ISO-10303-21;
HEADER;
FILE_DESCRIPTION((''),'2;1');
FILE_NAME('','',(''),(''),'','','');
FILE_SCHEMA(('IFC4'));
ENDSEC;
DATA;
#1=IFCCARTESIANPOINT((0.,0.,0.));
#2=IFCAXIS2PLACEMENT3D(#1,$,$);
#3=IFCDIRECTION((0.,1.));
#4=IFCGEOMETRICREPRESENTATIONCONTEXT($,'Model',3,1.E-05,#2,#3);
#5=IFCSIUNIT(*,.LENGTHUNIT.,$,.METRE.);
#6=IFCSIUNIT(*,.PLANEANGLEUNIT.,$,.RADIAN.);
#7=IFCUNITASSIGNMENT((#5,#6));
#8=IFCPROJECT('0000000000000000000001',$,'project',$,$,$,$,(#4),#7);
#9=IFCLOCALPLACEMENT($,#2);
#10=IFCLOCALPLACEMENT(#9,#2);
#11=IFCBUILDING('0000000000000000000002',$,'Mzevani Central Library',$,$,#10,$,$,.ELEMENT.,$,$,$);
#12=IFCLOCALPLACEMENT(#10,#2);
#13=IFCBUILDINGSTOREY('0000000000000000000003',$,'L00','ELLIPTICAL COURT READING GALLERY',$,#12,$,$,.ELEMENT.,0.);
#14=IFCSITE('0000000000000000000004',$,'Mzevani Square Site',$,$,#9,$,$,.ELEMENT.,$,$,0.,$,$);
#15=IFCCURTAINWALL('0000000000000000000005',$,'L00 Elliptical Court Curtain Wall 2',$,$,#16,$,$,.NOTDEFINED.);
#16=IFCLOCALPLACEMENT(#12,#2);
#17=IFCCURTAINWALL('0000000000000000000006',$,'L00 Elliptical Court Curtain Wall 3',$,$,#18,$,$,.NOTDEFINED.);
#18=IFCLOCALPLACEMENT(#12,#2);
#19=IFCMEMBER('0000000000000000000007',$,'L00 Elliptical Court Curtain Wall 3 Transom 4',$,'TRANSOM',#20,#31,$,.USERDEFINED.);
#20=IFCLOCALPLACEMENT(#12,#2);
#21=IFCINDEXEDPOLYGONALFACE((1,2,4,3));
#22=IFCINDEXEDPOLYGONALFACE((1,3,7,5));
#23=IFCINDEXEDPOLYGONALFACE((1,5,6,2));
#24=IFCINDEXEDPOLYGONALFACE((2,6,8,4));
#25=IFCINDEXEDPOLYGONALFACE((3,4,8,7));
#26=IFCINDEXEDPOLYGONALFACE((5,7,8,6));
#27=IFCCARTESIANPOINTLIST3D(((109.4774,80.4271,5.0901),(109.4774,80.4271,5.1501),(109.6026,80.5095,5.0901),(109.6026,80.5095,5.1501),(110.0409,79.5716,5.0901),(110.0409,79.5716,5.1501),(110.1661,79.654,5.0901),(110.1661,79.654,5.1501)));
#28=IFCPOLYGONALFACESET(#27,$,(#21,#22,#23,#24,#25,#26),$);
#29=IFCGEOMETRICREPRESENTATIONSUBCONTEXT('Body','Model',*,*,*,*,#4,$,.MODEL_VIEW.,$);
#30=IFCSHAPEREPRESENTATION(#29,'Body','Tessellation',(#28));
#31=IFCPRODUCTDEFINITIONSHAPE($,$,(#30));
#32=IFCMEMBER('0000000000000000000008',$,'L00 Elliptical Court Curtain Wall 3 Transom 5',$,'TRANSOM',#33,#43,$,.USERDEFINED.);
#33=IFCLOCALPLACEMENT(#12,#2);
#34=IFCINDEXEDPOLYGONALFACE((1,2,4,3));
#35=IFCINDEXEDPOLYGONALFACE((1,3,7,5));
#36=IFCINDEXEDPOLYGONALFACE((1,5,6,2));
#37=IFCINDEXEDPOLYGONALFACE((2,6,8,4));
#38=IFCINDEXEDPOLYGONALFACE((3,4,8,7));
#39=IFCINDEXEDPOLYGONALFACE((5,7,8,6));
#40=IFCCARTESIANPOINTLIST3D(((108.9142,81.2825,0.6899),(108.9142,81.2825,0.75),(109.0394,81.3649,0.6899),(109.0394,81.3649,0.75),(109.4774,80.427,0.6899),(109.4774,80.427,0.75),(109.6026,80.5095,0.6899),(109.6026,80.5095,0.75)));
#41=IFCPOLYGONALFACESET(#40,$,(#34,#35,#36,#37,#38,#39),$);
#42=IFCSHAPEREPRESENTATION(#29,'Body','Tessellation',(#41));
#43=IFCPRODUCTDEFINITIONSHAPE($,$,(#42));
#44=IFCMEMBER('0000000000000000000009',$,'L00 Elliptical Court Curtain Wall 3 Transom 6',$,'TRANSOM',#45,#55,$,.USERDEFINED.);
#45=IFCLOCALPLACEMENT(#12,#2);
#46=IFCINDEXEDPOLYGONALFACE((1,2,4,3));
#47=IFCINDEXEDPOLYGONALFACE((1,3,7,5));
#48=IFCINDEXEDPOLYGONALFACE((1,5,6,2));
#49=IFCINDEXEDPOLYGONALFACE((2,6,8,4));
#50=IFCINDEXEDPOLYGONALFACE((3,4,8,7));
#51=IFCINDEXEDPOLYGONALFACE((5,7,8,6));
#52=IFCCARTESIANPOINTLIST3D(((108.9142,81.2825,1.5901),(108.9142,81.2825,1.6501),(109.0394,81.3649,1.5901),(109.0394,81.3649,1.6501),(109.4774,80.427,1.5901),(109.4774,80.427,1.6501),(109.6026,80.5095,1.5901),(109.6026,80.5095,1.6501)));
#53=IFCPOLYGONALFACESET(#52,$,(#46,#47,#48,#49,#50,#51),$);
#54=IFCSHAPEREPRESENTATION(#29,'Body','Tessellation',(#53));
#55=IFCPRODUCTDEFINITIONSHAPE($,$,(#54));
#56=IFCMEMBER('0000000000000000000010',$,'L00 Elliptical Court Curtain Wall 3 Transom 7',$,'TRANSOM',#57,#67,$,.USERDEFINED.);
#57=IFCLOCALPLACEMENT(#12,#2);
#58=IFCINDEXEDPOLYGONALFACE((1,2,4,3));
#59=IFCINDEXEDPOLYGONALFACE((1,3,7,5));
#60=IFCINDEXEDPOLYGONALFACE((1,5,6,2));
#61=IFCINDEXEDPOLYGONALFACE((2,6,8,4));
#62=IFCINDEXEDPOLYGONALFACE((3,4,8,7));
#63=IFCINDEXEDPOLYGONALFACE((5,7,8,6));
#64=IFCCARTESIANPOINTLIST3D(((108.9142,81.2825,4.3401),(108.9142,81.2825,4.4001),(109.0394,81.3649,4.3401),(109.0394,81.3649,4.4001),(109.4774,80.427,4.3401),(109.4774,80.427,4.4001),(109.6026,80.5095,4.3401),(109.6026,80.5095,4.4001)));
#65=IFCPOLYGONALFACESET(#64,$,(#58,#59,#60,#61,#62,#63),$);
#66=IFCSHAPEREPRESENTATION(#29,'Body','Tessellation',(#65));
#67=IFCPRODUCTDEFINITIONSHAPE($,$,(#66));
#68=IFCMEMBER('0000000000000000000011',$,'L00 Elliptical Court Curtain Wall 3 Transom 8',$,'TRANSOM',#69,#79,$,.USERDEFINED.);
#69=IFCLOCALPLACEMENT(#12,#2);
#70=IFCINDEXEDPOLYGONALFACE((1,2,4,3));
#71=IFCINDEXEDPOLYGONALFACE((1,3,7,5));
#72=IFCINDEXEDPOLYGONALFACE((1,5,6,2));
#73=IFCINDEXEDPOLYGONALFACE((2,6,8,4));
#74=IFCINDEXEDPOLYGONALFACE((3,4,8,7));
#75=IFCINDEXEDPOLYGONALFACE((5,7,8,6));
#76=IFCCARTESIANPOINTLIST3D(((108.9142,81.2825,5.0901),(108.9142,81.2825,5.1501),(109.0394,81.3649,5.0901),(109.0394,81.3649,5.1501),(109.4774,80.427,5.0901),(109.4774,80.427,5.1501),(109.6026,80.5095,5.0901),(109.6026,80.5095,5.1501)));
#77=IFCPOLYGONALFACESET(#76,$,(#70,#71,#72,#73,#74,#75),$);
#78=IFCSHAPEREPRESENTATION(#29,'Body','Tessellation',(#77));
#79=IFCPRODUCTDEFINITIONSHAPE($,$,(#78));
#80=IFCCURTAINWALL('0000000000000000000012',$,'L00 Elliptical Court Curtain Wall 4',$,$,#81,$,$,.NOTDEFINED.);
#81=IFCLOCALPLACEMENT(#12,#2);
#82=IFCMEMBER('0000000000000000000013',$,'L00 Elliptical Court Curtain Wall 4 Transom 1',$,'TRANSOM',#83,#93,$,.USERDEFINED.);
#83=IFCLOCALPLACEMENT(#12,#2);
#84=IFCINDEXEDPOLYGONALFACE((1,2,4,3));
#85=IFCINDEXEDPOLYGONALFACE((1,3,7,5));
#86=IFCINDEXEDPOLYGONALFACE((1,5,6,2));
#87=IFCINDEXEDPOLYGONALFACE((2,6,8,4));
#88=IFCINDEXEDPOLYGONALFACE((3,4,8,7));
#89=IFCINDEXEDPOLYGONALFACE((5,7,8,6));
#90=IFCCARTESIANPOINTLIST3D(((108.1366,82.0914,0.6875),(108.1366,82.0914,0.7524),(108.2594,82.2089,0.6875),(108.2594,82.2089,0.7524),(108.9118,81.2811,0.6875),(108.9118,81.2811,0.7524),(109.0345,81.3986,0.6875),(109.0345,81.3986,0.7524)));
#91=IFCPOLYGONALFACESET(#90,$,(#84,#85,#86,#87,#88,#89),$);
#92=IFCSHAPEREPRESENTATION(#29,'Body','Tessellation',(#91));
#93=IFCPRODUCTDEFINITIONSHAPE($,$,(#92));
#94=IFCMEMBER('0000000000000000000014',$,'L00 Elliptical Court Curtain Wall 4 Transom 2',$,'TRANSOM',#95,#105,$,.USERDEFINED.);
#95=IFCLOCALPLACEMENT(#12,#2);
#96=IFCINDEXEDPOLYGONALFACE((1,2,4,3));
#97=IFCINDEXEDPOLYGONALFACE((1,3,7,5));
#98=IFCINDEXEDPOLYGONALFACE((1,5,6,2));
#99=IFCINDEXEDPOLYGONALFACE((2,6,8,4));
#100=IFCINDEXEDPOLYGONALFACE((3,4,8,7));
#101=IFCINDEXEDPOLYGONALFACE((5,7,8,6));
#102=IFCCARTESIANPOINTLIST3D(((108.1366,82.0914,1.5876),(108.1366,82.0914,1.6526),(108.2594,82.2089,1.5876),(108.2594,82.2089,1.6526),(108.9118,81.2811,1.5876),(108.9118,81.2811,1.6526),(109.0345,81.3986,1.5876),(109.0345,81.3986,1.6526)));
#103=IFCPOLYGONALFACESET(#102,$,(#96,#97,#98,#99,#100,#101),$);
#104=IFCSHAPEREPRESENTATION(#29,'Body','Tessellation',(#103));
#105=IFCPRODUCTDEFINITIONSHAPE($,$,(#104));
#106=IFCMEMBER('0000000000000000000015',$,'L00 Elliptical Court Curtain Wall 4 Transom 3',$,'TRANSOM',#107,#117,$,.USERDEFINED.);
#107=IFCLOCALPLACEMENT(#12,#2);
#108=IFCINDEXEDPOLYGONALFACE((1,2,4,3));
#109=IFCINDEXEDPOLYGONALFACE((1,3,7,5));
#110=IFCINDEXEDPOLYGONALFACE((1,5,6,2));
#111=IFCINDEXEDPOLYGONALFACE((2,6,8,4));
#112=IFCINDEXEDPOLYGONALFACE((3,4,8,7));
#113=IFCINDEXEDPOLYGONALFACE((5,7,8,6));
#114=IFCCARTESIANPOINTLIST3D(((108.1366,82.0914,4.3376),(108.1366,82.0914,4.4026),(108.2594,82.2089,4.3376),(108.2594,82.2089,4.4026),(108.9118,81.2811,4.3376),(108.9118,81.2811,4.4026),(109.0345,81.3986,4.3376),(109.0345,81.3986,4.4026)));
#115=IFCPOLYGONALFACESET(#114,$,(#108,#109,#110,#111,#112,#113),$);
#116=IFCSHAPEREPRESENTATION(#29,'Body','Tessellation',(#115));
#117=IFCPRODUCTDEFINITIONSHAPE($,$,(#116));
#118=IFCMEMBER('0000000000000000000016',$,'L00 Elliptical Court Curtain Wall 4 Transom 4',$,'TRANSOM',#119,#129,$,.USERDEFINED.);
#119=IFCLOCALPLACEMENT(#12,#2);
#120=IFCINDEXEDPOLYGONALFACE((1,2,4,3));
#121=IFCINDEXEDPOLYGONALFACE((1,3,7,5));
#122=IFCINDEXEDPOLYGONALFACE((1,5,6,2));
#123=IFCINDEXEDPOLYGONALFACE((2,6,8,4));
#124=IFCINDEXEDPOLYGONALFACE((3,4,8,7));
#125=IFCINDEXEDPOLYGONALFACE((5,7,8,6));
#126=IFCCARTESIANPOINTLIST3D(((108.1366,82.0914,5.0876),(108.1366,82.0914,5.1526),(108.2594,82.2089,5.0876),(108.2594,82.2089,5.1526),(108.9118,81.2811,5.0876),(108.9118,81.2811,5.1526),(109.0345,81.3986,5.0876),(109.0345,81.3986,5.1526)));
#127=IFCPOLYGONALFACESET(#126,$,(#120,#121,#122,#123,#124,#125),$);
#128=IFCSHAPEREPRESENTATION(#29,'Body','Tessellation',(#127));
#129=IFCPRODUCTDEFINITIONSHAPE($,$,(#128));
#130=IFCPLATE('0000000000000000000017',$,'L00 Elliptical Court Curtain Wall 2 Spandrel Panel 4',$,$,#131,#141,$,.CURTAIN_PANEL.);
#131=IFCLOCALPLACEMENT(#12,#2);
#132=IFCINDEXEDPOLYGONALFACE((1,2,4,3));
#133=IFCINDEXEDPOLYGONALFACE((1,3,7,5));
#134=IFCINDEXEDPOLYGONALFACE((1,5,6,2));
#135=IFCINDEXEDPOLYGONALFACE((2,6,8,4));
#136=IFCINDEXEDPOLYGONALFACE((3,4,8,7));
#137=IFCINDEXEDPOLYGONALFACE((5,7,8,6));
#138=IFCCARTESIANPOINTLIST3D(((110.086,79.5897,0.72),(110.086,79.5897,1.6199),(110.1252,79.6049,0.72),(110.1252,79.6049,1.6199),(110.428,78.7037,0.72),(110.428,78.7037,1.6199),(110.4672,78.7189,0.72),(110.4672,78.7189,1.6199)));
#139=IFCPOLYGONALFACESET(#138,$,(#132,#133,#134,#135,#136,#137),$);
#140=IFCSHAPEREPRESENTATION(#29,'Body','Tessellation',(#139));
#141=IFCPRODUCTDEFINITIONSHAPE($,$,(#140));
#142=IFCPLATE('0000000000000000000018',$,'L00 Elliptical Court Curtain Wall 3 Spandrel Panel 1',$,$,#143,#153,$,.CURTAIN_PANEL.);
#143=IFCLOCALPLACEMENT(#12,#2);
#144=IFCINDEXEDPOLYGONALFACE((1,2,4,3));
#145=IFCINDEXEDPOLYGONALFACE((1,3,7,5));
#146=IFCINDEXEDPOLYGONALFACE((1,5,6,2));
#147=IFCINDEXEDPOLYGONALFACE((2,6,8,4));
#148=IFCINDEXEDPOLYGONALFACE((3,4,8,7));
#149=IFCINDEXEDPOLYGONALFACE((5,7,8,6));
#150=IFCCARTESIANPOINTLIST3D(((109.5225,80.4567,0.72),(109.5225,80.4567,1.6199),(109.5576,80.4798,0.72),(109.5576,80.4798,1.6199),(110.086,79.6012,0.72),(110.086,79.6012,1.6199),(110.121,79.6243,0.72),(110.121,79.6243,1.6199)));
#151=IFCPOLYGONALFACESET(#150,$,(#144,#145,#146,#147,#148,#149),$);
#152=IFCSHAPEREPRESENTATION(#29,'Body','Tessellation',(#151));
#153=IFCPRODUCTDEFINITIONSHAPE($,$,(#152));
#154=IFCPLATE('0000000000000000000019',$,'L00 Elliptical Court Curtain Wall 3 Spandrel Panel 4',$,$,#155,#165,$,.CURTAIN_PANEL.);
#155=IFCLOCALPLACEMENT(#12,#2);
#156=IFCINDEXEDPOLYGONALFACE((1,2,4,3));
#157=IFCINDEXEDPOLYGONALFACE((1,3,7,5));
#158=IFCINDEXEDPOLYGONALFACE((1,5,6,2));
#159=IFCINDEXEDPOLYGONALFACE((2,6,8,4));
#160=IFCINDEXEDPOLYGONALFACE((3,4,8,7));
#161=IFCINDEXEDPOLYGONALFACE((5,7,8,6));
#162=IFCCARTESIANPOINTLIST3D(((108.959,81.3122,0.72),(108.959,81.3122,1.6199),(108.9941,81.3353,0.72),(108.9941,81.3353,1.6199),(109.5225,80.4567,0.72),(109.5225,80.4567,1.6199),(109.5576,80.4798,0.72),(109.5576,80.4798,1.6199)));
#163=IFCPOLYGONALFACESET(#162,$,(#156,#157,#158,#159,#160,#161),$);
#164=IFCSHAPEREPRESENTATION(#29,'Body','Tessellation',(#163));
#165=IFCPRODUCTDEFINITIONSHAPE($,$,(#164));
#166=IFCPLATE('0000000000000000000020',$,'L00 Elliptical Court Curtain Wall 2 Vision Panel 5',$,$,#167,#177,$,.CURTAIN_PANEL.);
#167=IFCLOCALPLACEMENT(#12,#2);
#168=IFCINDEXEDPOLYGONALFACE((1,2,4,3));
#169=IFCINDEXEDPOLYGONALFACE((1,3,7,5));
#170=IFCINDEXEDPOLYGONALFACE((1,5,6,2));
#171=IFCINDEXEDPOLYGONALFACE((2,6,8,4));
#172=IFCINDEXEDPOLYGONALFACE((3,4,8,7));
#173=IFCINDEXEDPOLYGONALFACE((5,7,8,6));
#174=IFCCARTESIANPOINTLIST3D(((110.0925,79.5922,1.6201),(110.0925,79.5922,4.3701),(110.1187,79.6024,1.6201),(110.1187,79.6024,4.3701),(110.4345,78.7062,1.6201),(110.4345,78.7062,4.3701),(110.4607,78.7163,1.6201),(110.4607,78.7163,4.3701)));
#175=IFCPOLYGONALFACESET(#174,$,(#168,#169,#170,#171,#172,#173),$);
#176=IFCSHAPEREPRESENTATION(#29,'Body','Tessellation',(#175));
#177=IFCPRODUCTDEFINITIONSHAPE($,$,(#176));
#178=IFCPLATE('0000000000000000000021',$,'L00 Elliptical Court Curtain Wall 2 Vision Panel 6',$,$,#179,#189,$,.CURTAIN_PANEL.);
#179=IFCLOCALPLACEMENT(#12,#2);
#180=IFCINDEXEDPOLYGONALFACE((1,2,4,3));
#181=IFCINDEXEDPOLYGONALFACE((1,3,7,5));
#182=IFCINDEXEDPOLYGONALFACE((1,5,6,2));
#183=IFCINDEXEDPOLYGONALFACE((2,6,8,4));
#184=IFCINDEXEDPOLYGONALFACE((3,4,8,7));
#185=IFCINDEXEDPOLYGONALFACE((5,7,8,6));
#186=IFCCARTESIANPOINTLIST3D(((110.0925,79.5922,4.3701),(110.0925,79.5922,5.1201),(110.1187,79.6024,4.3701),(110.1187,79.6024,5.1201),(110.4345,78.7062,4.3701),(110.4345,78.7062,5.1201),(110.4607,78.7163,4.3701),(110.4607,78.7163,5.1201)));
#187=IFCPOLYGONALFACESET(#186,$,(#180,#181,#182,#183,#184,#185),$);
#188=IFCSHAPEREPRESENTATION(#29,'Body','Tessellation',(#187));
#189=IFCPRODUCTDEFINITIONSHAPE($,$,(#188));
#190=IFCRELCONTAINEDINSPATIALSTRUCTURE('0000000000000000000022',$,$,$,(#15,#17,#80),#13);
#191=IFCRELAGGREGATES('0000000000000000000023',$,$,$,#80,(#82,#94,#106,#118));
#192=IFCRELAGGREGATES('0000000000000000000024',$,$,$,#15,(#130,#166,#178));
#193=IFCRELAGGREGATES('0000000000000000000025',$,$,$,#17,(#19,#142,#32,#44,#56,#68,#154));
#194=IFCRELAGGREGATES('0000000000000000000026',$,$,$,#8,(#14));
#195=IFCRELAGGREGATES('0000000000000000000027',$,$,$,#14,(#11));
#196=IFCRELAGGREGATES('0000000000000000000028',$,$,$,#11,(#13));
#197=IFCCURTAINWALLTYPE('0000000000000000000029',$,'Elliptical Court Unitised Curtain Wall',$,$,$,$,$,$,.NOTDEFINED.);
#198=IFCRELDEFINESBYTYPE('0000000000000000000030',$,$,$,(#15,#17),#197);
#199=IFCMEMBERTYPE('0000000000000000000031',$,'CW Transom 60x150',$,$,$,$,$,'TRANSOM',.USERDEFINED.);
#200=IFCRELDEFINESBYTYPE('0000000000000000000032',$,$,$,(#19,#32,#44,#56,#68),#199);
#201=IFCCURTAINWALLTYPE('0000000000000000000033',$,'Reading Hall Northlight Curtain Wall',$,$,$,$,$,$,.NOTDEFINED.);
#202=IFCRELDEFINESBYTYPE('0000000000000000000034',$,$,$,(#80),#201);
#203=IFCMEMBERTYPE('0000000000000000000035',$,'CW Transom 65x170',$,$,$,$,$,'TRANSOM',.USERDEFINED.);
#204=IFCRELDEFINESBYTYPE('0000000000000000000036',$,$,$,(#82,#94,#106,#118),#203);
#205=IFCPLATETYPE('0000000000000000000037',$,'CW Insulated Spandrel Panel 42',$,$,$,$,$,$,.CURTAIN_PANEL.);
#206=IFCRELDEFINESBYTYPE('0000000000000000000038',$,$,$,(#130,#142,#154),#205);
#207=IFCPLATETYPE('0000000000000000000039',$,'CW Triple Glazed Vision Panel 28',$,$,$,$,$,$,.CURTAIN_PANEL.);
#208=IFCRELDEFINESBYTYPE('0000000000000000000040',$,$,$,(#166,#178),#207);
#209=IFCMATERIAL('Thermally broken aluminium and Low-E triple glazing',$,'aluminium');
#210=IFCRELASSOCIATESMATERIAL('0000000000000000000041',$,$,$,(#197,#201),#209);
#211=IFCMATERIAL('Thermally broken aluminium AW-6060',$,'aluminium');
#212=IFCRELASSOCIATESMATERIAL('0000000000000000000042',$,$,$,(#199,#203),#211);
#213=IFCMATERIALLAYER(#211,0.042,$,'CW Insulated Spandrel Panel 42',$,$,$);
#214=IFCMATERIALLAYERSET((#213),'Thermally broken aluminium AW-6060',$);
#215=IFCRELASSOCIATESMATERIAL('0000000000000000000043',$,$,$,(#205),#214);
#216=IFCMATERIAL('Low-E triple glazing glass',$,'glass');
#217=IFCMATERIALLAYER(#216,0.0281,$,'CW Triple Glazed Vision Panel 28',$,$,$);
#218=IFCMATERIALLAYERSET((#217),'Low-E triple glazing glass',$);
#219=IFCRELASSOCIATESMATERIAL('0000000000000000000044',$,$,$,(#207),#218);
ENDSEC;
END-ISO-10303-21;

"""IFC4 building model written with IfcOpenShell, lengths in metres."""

from ifc_helpers import new_model, si_unit, direction, frame, origin, origin_2d, place, context, subcontext, project, spatial, rectangle, extrude, material, layer, layer_set, material_profile, profile_set, type_object, element, aggregate, save


model = new_model("IFC4")

# Units and contexts
model_context = context("Model", 3, precision=1e-05, world=origin(), true_north=direction((0.0, 1.0)))
body_context = subcontext(model_context, "Body", "Model", "MODEL_VIEW")
ifc_project = project(units=[si_unit("LENGTHUNIT", "METRE"), si_unit("PLANEANGLEUNIT", "RADIAN")], contexts=[model_context])

# Site, building, storey
site_placement = place(None, origin())
site = spatial("IfcSite", under=ifc_project, at=site_placement, Name="Mzevani Square Site", CompositionType="ELEMENT", RefElevation=0.0)
building_placement = place(site_placement, origin())
building = spatial("IfcBuilding", under=site, at=building_placement, Name="Mzevani Central Library", CompositionType="ELEMENT")
storey_placement = place(building_placement, origin())
storey = spatial("IfcBuildingStorey", under=building, at=storey_placement, Name="L00", Description="ELLIPTICAL COURT READING GALLERY", CompositionType="ELEMENT", Elevation=0.0)

# Curtain wall
ifc_material_1 = material(Name="Thermally broken aluminium and Low-E triple glazing", Category="aluminium")
curtain_wall_type_1 = type_object("IfcCurtainWallType", Name="Elliptical Court Unitised Curtain Wall", PredefinedType="NOTDEFINED", material=ifc_material_1)
curtain_wall_1_placement = place(storey_placement, origin())
curtain_wall_1 = element("IfcCurtainWall", 1, at=curtain_wall_1_placement, inside=storey, type_object=curtain_wall_type_1, Name="L00 Elliptical Court Curtain Wall 2", PredefinedType="NOTDEFINED")
ifc_material_2 = material(Name="Thermally broken aluminium AW-6060", Category="aluminium")

# Curtain wall
curtain_wall_2_placement = place(storey_placement, origin())
curtain_wall_2 = element("IfcCurtainWall", 2, at=curtain_wall_2_placement, inside=storey, type_object=curtain_wall_type_1, Name="L00 Elliptical Court Curtain Wall 3", PredefinedType="NOTDEFINED")

# Members
ifc_material_profile_1 = material_profile(ifc_material_2, rectangle(XDim=0.1499, YDim=0.0601, at=origin_2d()), Name="ALU T60x150")
ifc_profile_set_1 = profile_set([ifc_material_profile_1], Name="Thermally broken aluminium AW-6060")
member_type_1 = type_object("IfcMemberType", Name="CW Transom 60x150", ElementType="TRANSOM", PredefinedType="USERDEFINED", material=ifc_profile_set_1)
member_1_placement = place(storey_placement, frame((110.1035, 79.6128, 5.1201), z_axis=(-0.550072, 0.835117, 0.0), x_axis=(-0.835117, -0.550072, 0.0)))
member_1 = element("IfcMember", 3, at=member_1_placement, type_object=member_type_1, Name="L00 Elliptical Court Curtain Wall 3 Transom 4", ObjectType="TRANSOM", PredefinedType="USERDEFINED", context=body_context, shape_type="SweptSolid", body=[
    extrude(rectangle(XDim=0.1499, YDim=0.0601, at=origin_2d()), origin(), (0.0, 0.0, 1.0), 1.0244),
])
member_2_placement = place(storey_placement, frame((109.54, 80.4683, 0.72), z_axis=(-0.549905, 0.835227, 0.0), x_axis=(-0.835227, -0.549905, 0.0)))
member_2 = element("IfcMember", 4, at=member_2_placement, type_object=member_type_1, Name="L00 Elliptical Court Curtain Wall 3 Transom 5", ObjectType="TRANSOM", PredefinedType="USERDEFINED", context=body_context, shape_type="SweptSolid", body=[
    extrude(rectangle(XDim=0.1499, YDim=0.0601, at=origin_2d()), origin(), (0.0, 0.0, 1.0), 1.0242),
])
member_3_placement = place(storey_placement, frame((109.54, 80.4683, 1.6201), z_axis=(-0.549905, 0.835227, 0.0), x_axis=(-0.835227, -0.549905, 0.0)))
member_3 = element("IfcMember", 5, at=member_3_placement, type_object=member_type_1, Name="L00 Elliptical Court Curtain Wall 3 Transom 6", ObjectType="TRANSOM", PredefinedType="USERDEFINED", context=body_context, shape_type="SweptSolid", body=[
    extrude(rectangle(XDim=0.1499, YDim=0.0601, at=origin_2d()), origin(), (0.0, 0.0, 1.0), 1.0242),
])
member_4_placement = place(storey_placement, frame((109.54, 80.4683, 4.3701), z_axis=(-0.549905, 0.835227, 0.0), x_axis=(-0.835227, -0.549905, 0.0)))
member_4 = element("IfcMember", 6, at=member_4_placement, type_object=member_type_1, Name="L00 Elliptical Court Curtain Wall 3 Transom 7", ObjectType="TRANSOM", PredefinedType="USERDEFINED", context=body_context, shape_type="SweptSolid", body=[
    extrude(rectangle(XDim=0.1499, YDim=0.0601, at=origin_2d()), origin(), (0.0, 0.0, 1.0), 1.0242),
])
member_5_placement = place(storey_placement, frame((109.54, 80.4683, 5.1201), z_axis=(-0.549905, 0.835227, 0.0), x_axis=(-0.835227, -0.549905, 0.0)))
member_5 = element("IfcMember", 7, at=member_5_placement, type_object=member_type_1, Name="L00 Elliptical Court Curtain Wall 3 Transom 8", ObjectType="TRANSOM", PredefinedType="USERDEFINED", context=body_context, shape_type="SweptSolid", body=[
    extrude(rectangle(XDim=0.1499, YDim=0.0601, at=origin_2d()), origin(), (0.0, 0.0, 1.0), 1.0242),
])

# Curtain wall, members
curtain_wall_type_2 = type_object("IfcCurtainWallType", Name="Reading Hall Northlight Curtain Wall", PredefinedType="NOTDEFINED", material=ifc_material_1)
curtain_wall_3_placement = place(storey_placement, origin())
curtain_wall_3 = element("IfcCurtainWall", 8, at=curtain_wall_3_placement, inside=storey, type_object=curtain_wall_type_2, Name="L00 Elliptical Court Curtain Wall 4", PredefinedType="NOTDEFINED")
ifc_material_profile_2 = material_profile(ifc_material_2, rectangle(XDim=0.1699, YDim=0.0649, at=origin_2d()), Name="ALU T65x170")
ifc_profile_set_2 = profile_set([ifc_material_profile_2], Name="Thermally broken aluminium AW-6060")
member_type_2 = type_object("IfcMemberType", Name="CW Transom 65x170", ElementType="TRANSOM", PredefinedType="USERDEFINED", material=ifc_profile_set_2)
member_6_placement = place(storey_placement, frame((108.9731, 81.3398, 0.72), z_axis=(-0.691257, 0.722609, 0.0), x_axis=(-0.722609, -0.691257, 0.0)))
member_6 = element("IfcMember", 9, at=member_6_placement, type_object=member_type_2, Name="L00 Elliptical Court Curtain Wall 4 Transom 1", ObjectType="TRANSOM", PredefinedType="USERDEFINED", context=body_context, shape_type="SweptSolid", body=[
    extrude(rectangle(XDim=0.1699, YDim=0.0649, at=origin_2d()), origin(), (0.0, 0.0, 1.0), 1.1213),
])
member_7_placement = place(storey_placement, frame((108.9731, 81.3398, 1.6201), z_axis=(-0.691257, 0.722609, 0.0), x_axis=(-0.722609, -0.691257, 0.0)))
member_7 = element("IfcMember", 10, at=member_7_placement, type_object=member_type_2, Name="L00 Elliptical Court Curtain Wall 4 Transom 2", ObjectType="TRANSOM", PredefinedType="USERDEFINED", context=body_context, shape_type="SweptSolid", body=[
    extrude(rectangle(XDim=0.1699, YDim=0.0649, at=origin_2d()), origin(), (0.0, 0.0, 1.0), 1.1213),
])
member_8_placement = place(storey_placement, frame((108.9731, 81.3398, 4.3701), z_axis=(-0.691257, 0.722609, 0.0), x_axis=(-0.722609, -0.691257, 0.0)))
member_8 = element("IfcMember", 11, at=member_8_placement, type_object=member_type_2, Name="L00 Elliptical Court Curtain Wall 4 Transom 3", ObjectType="TRANSOM", PredefinedType="USERDEFINED", context=body_context, shape_type="SweptSolid", body=[
    extrude(rectangle(XDim=0.1699, YDim=0.0649, at=origin_2d()), origin(), (0.0, 0.0, 1.0), 1.1213),
])
member_9_placement = place(storey_placement, frame((108.9731, 81.3398, 5.1201), z_axis=(-0.691257, 0.722609, 0.0), x_axis=(-0.722609, -0.691257, 0.0)))
member_9 = element("IfcMember", 12, at=member_9_placement, type_object=member_type_2, Name="L00 Elliptical Court Curtain Wall 4 Transom 4", ObjectType="TRANSOM", PredefinedType="USERDEFINED", context=body_context, shape_type="SweptSolid", body=[
    extrude(rectangle(XDim=0.1699, YDim=0.0649, at=origin_2d()), origin(), (0.0, 0.0, 1.0), 1.1213),
])
aggregate(curtain_wall_3, [member_6, member_7, member_8, member_9])

# Plates
ifc_layer_1 = layer(ifc_material_2, 0.042, Name="CW Insulated Spandrel Panel 42")
ifc_layer_set_1 = layer_set([ifc_layer_1], Name="Thermally broken aluminium AW-6060")
plate_type_1 = type_object("IfcPlateType", Name="CW Insulated Spandrel Panel 42", PredefinedType="CURTAIN_PANEL", material=ifc_layer_set_1)
plate_1_placement = place(storey_placement, frame((110.2766, 79.1543, 0.72), z_axis=(0.0, 0.0, 1.0), x_axis=(-0.360062, 0.932928, 0.0)))
plate_1 = element("IfcPlate", 13, at=plate_1_placement, type_object=plate_type_1, Name="L00 Elliptical Court Curtain Wall 2 Spandrel Panel 4", PredefinedType="CURTAIN_PANEL", context=body_context, shape_type="SweptSolid", body=[
    extrude(rectangle(XDim=0.9497, YDim=0.042, at=origin_2d()), origin(), (0.0, 0.0, 1.0), 0.8999),
])
plate_2_placement = place(storey_placement, frame((109.8218, 80.0405, 0.72), z_axis=(0.0, 0.0, 1.0), x_axis=(-0.550028, 0.835147, 0.0)))
plate_2 = element("IfcPlate", 14, at=plate_2_placement, type_object=plate_type_1, Name="L00 Elliptical Court Curtain Wall 3 Spandrel Panel 1", PredefinedType="CURTAIN_PANEL", context=body_context, shape_type="SweptSolid", body=[
    extrude(rectangle(XDim=1.0244, YDim=0.042, at=origin_2d()), origin(), (0.0, 0.0, 1.0), 0.8999),
])
plate_3_placement = place(storey_placement, frame((109.2583, 80.896, 0.72), z_axis=(0.0, 0.0, 1.0), x_axis=(-0.550028, 0.835147, 0.0)))
plate_3 = element("IfcPlate", 15, at=plate_3_placement, type_object=plate_type_1, Name="L00 Elliptical Court Curtain Wall 3 Spandrel Panel 4", PredefinedType="CURTAIN_PANEL", context=body_context, shape_type="SweptSolid", body=[
    extrude(rectangle(XDim=1.0244, YDim=0.042, at=origin_2d()), origin(), (0.0, 0.0, 1.0), 0.8999),
])
ifc_material_3 = material(Name="Low-E triple glazing glass", Category="glass")
ifc_layer_2 = layer(ifc_material_3, 0.0281, Name="CW Triple Glazed Vision Panel 28")
ifc_layer_set_2 = layer_set([ifc_layer_2], Name="Low-E triple glazing glass")
plate_type_2 = type_object("IfcPlateType", Name="CW Triple Glazed Vision Panel 28", PredefinedType="CURTAIN_PANEL", material=ifc_layer_set_2)
plate_4_placement = place(storey_placement, frame((110.2766, 79.1543, 1.6201), z_axis=(0.0, 0.0, 1.0), x_axis=(-0.360062, 0.932928, 0.0)))
plate_4 = element("IfcPlate", 16, at=plate_4_placement, type_object=plate_type_2, Name="L00 Elliptical Court Curtain Wall 2 Vision Panel 5", PredefinedType="CURTAIN_PANEL", context=body_context, shape_type="SweptSolid", body=[
    extrude(rectangle(XDim=0.9497, YDim=0.0281, at=origin_2d()), origin(), (0.0, 0.0, 1.0), 2.75),
])
plate_5_placement = place(storey_placement, frame((110.2766, 79.1543, 4.3701), z_axis=(0.0, 0.0, 1.0), x_axis=(-0.360062, 0.932928, 0.0)))
plate_5 = element("IfcPlate", 17, at=plate_5_placement, type_object=plate_type_2, Name="L00 Elliptical Court Curtain Wall 2 Vision Panel 6", PredefinedType="CURTAIN_PANEL", context=body_context, shape_type="SweptSolid", body=[
    extrude(rectangle(XDim=0.9497, YDim=0.0281, at=origin_2d()), origin(), (0.0, 0.0, 1.0), 0.75),
])
aggregate(curtain_wall_1, [plate_1, plate_4, plate_5])
aggregate(curtain_wall_2, [member_1, plate_2, member_2, member_3, member_4, member_5, plate_3])

save(model, "model.ifc")
